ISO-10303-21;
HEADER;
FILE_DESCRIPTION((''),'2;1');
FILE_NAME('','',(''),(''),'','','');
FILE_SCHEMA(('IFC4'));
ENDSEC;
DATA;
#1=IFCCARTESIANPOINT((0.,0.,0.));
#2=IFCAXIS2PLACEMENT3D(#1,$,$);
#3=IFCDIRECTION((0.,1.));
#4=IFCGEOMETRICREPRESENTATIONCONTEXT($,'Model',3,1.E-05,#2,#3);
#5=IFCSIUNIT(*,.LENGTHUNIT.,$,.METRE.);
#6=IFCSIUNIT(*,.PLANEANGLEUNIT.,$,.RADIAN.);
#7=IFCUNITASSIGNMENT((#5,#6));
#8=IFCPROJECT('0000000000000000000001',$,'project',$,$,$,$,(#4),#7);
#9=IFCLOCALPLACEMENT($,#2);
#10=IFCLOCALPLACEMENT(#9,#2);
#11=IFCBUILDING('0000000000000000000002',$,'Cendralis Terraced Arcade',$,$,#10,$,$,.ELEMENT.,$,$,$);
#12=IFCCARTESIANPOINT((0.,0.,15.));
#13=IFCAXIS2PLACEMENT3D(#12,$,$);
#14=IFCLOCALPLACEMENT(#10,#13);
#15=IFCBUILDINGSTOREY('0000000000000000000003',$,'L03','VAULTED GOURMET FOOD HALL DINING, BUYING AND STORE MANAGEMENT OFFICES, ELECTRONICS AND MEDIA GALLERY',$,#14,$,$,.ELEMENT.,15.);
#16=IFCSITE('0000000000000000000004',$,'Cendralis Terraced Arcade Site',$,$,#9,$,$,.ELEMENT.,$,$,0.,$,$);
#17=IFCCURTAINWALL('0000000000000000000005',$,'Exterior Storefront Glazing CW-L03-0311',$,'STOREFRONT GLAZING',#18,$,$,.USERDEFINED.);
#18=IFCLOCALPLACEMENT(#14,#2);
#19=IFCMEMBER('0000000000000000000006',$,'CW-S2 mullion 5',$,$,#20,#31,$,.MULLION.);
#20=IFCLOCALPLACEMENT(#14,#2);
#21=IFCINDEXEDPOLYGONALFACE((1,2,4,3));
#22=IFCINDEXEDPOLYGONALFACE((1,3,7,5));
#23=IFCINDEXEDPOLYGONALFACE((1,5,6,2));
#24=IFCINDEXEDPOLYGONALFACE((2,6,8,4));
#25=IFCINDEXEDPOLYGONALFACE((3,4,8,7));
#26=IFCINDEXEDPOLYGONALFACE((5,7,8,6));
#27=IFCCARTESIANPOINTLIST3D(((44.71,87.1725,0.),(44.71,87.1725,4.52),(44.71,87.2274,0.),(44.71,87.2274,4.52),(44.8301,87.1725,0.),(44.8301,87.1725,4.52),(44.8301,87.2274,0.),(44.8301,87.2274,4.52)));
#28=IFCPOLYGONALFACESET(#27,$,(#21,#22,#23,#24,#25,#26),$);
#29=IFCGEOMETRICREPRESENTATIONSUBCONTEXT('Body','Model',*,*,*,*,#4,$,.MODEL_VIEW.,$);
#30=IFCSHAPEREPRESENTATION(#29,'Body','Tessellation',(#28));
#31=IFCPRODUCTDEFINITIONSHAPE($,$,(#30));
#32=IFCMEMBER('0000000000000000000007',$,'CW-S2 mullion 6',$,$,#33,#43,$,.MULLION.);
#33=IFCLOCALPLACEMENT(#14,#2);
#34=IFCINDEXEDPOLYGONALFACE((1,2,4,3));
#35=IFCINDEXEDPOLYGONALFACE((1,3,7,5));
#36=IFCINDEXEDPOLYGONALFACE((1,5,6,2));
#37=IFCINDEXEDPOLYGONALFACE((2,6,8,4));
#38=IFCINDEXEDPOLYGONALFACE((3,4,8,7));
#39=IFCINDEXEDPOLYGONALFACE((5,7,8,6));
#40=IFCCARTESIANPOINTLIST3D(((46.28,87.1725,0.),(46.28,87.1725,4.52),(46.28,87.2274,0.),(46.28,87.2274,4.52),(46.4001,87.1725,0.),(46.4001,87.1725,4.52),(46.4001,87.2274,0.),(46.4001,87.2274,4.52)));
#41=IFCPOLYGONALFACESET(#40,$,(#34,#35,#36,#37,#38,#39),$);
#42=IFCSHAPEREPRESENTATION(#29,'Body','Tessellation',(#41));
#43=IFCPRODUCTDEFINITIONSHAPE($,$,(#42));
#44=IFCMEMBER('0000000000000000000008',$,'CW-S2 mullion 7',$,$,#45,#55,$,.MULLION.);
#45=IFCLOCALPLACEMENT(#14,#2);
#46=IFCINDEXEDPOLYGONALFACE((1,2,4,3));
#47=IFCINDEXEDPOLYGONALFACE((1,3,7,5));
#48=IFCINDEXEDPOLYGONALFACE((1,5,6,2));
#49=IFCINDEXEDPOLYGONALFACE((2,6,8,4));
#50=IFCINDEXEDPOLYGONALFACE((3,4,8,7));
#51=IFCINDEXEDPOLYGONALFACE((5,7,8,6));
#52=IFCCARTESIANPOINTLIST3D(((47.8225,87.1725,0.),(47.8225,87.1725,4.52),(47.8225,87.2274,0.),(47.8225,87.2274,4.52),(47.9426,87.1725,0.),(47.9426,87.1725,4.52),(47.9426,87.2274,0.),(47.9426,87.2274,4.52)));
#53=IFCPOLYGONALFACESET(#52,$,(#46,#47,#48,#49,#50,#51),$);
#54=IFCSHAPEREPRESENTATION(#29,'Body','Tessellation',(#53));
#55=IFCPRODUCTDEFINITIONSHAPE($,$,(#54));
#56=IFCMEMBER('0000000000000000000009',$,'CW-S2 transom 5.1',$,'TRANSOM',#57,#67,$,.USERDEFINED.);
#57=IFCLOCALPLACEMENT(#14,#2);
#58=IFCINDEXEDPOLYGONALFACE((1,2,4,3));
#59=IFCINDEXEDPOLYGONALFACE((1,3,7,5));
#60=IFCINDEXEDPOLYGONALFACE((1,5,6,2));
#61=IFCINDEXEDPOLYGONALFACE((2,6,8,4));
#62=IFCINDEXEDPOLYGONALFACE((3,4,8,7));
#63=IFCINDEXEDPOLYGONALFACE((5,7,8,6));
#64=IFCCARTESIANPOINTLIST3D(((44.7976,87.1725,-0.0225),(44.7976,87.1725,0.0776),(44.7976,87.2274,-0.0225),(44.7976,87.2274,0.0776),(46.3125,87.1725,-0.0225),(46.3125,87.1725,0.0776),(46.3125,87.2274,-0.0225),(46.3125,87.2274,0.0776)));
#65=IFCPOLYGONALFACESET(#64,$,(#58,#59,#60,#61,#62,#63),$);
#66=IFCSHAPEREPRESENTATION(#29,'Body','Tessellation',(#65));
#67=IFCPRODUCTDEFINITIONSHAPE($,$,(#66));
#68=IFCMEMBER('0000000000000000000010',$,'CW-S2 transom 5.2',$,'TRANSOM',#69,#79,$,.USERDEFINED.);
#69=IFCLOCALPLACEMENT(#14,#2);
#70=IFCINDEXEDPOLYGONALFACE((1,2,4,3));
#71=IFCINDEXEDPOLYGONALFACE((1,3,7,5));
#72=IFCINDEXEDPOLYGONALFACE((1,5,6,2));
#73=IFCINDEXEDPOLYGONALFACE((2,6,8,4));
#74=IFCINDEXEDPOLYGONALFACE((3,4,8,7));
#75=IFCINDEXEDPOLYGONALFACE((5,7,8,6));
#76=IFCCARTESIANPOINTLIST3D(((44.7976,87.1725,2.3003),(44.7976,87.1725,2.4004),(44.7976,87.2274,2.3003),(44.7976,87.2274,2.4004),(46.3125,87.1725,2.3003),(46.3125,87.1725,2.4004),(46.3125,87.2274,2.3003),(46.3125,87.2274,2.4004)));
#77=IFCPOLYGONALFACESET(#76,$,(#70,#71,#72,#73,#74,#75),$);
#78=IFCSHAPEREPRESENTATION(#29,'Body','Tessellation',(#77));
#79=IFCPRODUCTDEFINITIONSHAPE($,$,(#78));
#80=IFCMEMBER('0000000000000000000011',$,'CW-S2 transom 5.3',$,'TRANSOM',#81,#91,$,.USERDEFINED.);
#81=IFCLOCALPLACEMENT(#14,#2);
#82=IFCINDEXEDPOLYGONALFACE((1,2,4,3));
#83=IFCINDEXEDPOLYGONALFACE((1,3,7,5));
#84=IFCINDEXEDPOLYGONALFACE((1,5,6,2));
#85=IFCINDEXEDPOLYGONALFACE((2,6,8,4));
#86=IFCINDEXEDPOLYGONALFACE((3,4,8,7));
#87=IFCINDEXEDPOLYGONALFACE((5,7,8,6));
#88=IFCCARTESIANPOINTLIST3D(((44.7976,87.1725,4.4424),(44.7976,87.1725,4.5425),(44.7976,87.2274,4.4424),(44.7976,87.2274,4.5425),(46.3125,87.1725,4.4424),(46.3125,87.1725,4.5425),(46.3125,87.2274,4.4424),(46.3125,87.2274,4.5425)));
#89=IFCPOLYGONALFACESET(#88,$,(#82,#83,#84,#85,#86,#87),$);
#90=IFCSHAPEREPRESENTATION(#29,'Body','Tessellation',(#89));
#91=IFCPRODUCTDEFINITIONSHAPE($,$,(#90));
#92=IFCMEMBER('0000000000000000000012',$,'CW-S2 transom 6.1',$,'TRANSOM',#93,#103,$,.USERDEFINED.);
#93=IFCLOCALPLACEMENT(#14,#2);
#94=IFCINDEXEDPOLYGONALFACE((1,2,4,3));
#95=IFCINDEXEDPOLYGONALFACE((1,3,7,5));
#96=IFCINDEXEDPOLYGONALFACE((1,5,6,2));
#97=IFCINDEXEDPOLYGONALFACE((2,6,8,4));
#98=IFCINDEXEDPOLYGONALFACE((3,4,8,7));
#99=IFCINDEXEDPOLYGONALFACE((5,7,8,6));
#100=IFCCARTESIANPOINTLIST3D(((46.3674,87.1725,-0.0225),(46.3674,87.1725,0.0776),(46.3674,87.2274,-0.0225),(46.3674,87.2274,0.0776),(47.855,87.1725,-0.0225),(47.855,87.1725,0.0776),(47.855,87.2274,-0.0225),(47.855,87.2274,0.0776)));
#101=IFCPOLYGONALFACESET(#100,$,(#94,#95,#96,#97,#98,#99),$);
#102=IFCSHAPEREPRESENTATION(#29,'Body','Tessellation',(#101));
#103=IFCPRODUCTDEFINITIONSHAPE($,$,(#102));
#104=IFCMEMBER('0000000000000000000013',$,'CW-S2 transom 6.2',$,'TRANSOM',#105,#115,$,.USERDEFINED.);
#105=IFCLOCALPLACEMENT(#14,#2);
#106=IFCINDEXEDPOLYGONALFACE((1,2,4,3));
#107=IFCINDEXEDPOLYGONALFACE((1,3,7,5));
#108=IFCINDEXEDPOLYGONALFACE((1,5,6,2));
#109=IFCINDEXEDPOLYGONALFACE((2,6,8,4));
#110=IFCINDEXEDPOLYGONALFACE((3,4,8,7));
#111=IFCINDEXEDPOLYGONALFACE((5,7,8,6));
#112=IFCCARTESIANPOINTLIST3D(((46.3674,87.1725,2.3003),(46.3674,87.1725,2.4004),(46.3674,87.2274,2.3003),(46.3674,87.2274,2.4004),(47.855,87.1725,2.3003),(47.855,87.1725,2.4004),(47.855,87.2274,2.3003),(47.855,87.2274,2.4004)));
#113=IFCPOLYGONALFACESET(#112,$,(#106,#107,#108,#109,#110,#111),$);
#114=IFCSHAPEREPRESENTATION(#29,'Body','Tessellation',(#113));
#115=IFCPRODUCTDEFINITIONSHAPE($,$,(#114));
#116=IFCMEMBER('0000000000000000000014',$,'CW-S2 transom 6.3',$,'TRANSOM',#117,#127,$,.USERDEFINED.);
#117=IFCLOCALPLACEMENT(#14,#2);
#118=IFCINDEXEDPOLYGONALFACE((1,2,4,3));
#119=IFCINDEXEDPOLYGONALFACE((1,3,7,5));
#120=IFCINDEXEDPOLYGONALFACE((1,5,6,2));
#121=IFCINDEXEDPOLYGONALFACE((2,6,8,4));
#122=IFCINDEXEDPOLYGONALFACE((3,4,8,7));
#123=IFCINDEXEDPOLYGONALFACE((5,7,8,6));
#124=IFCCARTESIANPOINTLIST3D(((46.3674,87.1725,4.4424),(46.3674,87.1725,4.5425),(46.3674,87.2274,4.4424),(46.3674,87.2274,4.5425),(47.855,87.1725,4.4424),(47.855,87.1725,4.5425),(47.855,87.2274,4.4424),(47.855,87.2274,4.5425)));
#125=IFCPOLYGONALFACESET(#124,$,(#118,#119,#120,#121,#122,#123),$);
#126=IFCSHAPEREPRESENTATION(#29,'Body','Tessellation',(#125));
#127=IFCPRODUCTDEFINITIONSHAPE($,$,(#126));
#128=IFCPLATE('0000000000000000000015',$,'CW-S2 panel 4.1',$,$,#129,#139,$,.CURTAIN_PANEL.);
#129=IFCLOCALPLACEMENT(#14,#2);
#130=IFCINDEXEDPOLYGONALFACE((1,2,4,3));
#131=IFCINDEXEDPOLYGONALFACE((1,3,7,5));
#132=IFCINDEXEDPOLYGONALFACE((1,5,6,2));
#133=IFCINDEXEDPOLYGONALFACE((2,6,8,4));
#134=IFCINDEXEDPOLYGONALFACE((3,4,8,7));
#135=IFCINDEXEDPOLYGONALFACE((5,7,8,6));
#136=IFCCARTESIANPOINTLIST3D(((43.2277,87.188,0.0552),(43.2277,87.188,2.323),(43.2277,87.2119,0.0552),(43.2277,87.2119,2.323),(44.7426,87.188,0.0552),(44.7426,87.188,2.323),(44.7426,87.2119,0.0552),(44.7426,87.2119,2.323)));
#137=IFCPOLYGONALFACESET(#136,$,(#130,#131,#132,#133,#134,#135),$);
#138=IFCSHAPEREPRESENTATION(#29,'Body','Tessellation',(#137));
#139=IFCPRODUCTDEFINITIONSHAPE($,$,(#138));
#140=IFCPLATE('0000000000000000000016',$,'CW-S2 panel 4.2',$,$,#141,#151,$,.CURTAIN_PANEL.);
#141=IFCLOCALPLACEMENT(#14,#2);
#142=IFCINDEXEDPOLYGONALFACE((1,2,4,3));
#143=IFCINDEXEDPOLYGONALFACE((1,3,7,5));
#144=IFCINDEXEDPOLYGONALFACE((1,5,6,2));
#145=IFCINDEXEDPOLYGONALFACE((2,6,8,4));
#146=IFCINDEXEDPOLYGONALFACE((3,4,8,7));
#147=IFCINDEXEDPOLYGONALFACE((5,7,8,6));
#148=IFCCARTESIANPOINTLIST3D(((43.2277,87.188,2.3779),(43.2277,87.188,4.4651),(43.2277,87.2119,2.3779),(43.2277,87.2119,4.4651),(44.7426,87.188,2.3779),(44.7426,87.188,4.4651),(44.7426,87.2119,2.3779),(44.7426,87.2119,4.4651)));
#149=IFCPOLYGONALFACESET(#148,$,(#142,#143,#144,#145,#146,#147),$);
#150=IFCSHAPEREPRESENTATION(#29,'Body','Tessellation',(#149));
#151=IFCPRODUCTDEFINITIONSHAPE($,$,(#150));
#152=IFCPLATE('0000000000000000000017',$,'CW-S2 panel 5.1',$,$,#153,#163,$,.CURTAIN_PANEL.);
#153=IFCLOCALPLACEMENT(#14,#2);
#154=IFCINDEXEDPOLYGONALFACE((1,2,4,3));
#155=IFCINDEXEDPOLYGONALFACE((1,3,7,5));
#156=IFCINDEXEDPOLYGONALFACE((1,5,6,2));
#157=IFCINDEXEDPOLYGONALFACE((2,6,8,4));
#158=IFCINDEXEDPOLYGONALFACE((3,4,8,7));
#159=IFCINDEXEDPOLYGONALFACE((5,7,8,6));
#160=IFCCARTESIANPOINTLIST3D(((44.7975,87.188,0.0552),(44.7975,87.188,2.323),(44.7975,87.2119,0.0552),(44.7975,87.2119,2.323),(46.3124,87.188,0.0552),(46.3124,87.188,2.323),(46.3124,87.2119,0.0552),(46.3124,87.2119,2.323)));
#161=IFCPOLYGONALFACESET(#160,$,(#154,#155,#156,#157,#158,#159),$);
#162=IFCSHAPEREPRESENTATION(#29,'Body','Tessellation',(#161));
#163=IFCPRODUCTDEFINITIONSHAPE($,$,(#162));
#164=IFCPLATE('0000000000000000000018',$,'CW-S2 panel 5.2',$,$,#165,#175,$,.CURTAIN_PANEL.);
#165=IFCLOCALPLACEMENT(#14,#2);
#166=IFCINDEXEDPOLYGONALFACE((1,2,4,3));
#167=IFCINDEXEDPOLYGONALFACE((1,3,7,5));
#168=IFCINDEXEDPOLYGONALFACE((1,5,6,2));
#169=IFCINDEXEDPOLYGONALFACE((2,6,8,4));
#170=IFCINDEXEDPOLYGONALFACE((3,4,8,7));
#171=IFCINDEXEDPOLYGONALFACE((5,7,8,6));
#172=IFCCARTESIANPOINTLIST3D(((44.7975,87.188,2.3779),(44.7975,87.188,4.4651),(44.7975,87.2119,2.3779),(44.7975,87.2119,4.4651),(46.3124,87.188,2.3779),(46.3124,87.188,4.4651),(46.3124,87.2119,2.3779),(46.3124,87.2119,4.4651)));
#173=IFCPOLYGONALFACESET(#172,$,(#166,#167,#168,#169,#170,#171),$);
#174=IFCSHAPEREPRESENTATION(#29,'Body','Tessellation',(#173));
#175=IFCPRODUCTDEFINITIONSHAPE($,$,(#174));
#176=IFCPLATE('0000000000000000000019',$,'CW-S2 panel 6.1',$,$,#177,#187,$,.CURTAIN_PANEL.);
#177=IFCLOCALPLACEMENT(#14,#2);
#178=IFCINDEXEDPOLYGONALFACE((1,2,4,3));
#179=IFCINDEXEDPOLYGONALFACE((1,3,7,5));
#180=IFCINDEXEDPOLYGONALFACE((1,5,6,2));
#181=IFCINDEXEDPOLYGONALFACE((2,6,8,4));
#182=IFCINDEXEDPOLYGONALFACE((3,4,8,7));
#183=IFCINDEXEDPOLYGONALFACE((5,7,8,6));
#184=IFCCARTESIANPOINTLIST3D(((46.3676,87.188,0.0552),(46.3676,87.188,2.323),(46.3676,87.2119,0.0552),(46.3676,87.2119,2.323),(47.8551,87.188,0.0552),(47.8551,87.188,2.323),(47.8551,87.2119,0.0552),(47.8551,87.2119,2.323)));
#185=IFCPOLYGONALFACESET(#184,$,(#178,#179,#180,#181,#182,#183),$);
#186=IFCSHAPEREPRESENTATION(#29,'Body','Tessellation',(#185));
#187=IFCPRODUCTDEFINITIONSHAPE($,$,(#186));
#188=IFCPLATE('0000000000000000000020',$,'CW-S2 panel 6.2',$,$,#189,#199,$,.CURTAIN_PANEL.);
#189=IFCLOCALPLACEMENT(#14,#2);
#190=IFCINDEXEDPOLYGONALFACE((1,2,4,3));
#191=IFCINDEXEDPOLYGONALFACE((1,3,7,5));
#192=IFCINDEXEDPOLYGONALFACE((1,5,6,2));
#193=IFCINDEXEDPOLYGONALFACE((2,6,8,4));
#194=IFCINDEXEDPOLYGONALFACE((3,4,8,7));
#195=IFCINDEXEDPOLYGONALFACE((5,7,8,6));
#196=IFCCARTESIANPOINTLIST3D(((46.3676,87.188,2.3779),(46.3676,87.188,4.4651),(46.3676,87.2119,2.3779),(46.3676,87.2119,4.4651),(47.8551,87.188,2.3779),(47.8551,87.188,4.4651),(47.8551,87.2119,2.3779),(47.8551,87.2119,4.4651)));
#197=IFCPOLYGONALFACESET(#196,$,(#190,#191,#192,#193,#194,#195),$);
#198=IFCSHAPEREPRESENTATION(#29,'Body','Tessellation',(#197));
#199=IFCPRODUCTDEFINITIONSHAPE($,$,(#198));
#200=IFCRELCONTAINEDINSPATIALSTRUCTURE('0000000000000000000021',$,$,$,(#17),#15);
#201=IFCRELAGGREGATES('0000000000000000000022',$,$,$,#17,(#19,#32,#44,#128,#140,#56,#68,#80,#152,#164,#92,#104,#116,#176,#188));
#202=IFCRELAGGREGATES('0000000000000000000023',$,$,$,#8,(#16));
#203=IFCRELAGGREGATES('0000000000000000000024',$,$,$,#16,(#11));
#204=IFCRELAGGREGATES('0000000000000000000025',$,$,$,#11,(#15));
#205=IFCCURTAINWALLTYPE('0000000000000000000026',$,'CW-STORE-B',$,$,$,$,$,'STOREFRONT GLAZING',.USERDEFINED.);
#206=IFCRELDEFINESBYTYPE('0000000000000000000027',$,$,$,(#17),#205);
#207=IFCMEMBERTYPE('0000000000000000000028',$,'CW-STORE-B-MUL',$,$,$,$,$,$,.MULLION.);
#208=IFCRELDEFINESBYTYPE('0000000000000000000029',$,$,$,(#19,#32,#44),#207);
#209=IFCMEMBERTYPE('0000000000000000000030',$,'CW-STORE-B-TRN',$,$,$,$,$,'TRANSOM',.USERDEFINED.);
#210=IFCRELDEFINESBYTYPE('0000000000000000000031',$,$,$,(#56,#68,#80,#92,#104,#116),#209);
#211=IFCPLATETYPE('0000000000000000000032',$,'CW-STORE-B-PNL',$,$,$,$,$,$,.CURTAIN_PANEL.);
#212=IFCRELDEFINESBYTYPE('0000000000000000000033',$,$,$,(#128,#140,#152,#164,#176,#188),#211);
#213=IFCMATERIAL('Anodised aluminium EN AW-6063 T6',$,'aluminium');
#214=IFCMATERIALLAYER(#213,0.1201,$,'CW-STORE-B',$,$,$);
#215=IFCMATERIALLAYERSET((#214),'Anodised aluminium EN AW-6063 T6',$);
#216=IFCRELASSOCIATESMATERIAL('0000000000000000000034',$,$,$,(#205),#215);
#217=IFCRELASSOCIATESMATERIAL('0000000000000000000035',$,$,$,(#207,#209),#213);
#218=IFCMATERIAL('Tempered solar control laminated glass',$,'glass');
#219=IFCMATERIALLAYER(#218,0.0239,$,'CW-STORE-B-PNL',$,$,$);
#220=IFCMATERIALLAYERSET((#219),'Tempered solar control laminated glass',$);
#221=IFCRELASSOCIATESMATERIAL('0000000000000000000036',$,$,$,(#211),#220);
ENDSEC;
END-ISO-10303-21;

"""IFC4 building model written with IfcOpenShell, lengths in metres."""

from ifc_helpers import new_model, si_unit, direction, frame, origin, origin_2d, place, context, subcontext, project, spatial, rectangle, extrude, material, layer, layer_set, material_profile, profile_set, type_object, element, aggregate, save


model = new_model("IFC4")

# Units and contexts
model_context = context("Model", 3, precision=1e-05, world=origin(), true_north=direction((0.0, 1.0)))
body_context = subcontext(model_context, "Body", "Model", "MODEL_VIEW")
ifc_project = project(units=[si_unit("LENGTHUNIT", "METRE"), si_unit("PLANEANGLEUNIT", "RADIAN")], contexts=[model_context])

# Site, building, storey
site_placement = place(None, origin())
site = spatial("IfcSite", under=ifc_project, at=site_placement, Name="Cendralis Terraced Arcade Site", CompositionType="ELEMENT", RefElevation=0.0)
building_placement = place(site_placement, origin())
building = spatial("IfcBuilding", under=site, at=building_placement, Name="Cendralis Terraced Arcade", CompositionType="ELEMENT")
storey_placement = place(building_placement, frame((0.0, 0.0, 15.0)))
storey = spatial("IfcBuildingStorey", under=building, at=storey_placement, Name="L03", Description="VAULTED GOURMET FOOD HALL DINING, BUYING AND STORE MANAGEMENT OFFICES, ELECTRONICS AND MEDIA GALLERY", CompositionType="ELEMENT", Elevation=15.0)

# Curtain wall, members, plates
ifc_material_1 = material(Name="Anodised aluminium EN AW-6063 T6", Category="aluminium")
ifc_layer_1 = layer(ifc_material_1, 0.1201, Name="CW-STORE-B")
ifc_layer_set_1 = layer_set([ifc_layer_1], Name="Anodised aluminium EN AW-6063 T6")
curtain_wall_type = type_object("IfcCurtainWallType", Name="CW-STORE-B", ElementType="STOREFRONT GLAZING", PredefinedType="USERDEFINED", material=ifc_layer_set_1)
curtain_wall_placement = place(storey_placement, origin())
curtain_wall = element("IfcCurtainWall", 1, at=curtain_wall_placement, inside=storey, type_object=curtain_wall_type, Name="Exterior Storefront Glazing CW-L03-0311", ObjectType="STOREFRONT GLAZING", PredefinedType="USERDEFINED")
ifc_material_profile_1 = material_profile(ifc_material_1, rectangle(XDim=0.0549, YDim=0.1201, at=origin_2d()), Name="ALU-MUL-55x120")
ifc_profile_set_1 = profile_set([ifc_material_profile_1], Name="Anodised aluminium EN AW-6063 T6")
member_type_1 = type_object("IfcMemberType", Name="CW-STORE-B-MUL", PredefinedType="MULLION", material=ifc_profile_set_1)
member_1_placement = place(storey_placement, frame((44.77, 87.2, 0.0), z_axis=(0.0, 0.0, 1.0), x_axis=(0.0, 1.0, 0.0)))
member_1 = element("IfcMember", 2, at=member_1_placement, type_object=member_type_1, Name="CW-S2 mullion 5", PredefinedType="MULLION", context=body_context, shape_type="SweptSolid", body=[
    extrude(rectangle(XDim=0.0549, YDim=0.1201, at=origin_2d()), origin(), (0.0, 0.0, 1.0), 4.52),
])
member_2_placement = place(storey_placement, frame((46.3401, 87.2, 0.0), z_axis=(0.0, 0.0, 1.0), x_axis=(0.0, 1.0, 0.0)))
member_2 = element("IfcMember", 3, at=member_2_placement, type_object=member_type_1, Name="CW-S2 mullion 6", PredefinedType="MULLION", context=body_context, shape_type="SweptSolid", body=[
    extrude(rectangle(XDim=0.0549, YDim=0.1201, at=origin_2d()), origin(), (0.0, 0.0, 1.0), 4.52),
])
member_3_placement = place(storey_placement, frame((47.8826, 87.2, 0.0), z_axis=(0.0, 0.0, 1.0), x_axis=(0.0, 1.0, 0.0)))
member_3 = element("IfcMember", 4, at=member_3_placement, type_object=member_type_1, Name="CW-S2 mullion 7", PredefinedType="MULLION", context=body_context, shape_type="SweptSolid", body=[
    extrude(rectangle(XDim=0.0549, YDim=0.1201, at=origin_2d()), origin(), (0.0, 0.0, 1.0), 4.52),
])
ifc_material_profile_2 = material_profile(ifc_material_1, rectangle(XDim=0.0549, YDim=0.1001, at=origin_2d()), Name="ALU-TRN-55x100")
ifc_profile_set_2 = profile_set([ifc_material_profile_2], Name="Anodised aluminium EN AW-6063 T6")
member_type_2 = type_object("IfcMemberType", Name="CW-STORE-B-TRN", ElementType="TRANSOM", PredefinedType="USERDEFINED", material=ifc_profile_set_2)
member_4_placement = place(storey_placement, frame((44.7976, 87.2, 0.0276), z_axis=(1.0, 0.0, 0.0), x_axis=(0.0, 1.0, 0.0)))
member_4 = element("IfcMember", 5, at=member_4_placement, type_object=member_type_2, Name="CW-S2 transom 5.1", ObjectType="TRANSOM", PredefinedType="USERDEFINED", context=body_context, shape_type="SweptSolid", body=[
    extrude(rectangle(XDim=0.0549, YDim=0.1001, at=origin_2d()), origin(), (0.0, 0.0, 1.0), 1.5149),
])
member_5_placement = place(storey_placement, frame((44.7976, 87.2, 2.3503), z_axis=(1.0, 0.0, 0.0), x_axis=(0.0, 1.0, 0.0)))
member_5 = element("IfcMember", 6, at=member_5_placement, type_object=member_type_2, Name="CW-S2 transom 5.2", ObjectType="TRANSOM", PredefinedType="USERDEFINED", context=body_context, shape_type="SweptSolid", body=[
    extrude(rectangle(XDim=0.0549, YDim=0.1001, at=origin_2d()), origin(), (0.0, 0.0, 1.0), 1.5149),
])
member_6_placement = place(storey_placement, frame((44.7976, 87.2, 4.4924), z_axis=(1.0, 0.0, 0.0), x_axis=(0.0, 1.0, 0.0)))
member_6 = element("IfcMember", 7, at=member_6_placement, type_object=member_type_2, Name="CW-S2 transom 5.3", ObjectType="TRANSOM", PredefinedType="USERDEFINED", context=body_context, shape_type="SweptSolid", body=[
    extrude(rectangle(XDim=0.0549, YDim=0.1001, at=origin_2d()), origin(), (0.0, 0.0, 1.0), 1.5149),
])
member_7_placement = place(storey_placement, frame((46.3674, 87.2, 0.0276), z_axis=(1.0, 0.0, 0.0), x_axis=(0.0, 1.0, 0.0)))
member_7 = element("IfcMember", 8, at=member_7_placement, type_object=member_type_2, Name="CW-S2 transom 6.1", ObjectType="TRANSOM", PredefinedType="USERDEFINED", context=body_context, shape_type="SweptSolid", body=[
    extrude(rectangle(XDim=0.0549, YDim=0.1001, at=origin_2d()), origin(), (0.0, 0.0, 1.0), 1.4875),
])
member_8_placement = place(storey_placement, frame((46.3674, 87.2, 2.3503), z_axis=(1.0, 0.0, 0.0), x_axis=(0.0, 1.0, 0.0)))
member_8 = element("IfcMember", 9, at=member_8_placement, type_object=member_type_2, Name="CW-S2 transom 6.2", ObjectType="TRANSOM", PredefinedType="USERDEFINED", context=body_context, shape_type="SweptSolid", body=[
    extrude(rectangle(XDim=0.0549, YDim=0.1001, at=origin_2d()), origin(), (0.0, 0.0, 1.0), 1.4875),
])
member_9_placement = place(storey_placement, frame((46.3674, 87.2, 4.4924), z_axis=(1.0, 0.0, 0.0), x_axis=(0.0, 1.0, 0.0)))
member_9 = element("IfcMember", 10, at=member_9_placement, type_object=member_type_2, Name="CW-S2 transom 6.3", ObjectType="TRANSOM", PredefinedType="USERDEFINED", context=body_context, shape_type="SweptSolid", body=[
    extrude(rectangle(XDim=0.0549, YDim=0.1001, at=origin_2d()), origin(), (0.0, 0.0, 1.0), 1.4875),
])
ifc_material_2 = material(Name="Tempered solar control laminated glass", Category="glass")
ifc_layer_2 = layer(ifc_material_2, 0.0239, Name="CW-STORE-B-PNL")
ifc_layer_set_2 = layer_set([ifc_layer_2], Name="Tempered solar control laminated glass")
plate_type = type_object("IfcPlateType", Name="CW-STORE-B-PNL", PredefinedType="CURTAIN_PANEL", material=ifc_layer_set_2)
plate_1_placement = place(storey_placement, frame((43.9851, 87.2, 0.0552), z_axis=(0.0, 0.0, 1.0), x_axis=(1.0, 0.0, 0.0)))
plate_1 = element("IfcPlate", 11, at=plate_1_placement, type_object=plate_type, Name="CW-S2 panel 4.1", PredefinedType="CURTAIN_PANEL", context=body_context, shape_type="SweptSolid", body=[
    extrude(rectangle(XDim=1.5149, YDim=0.0239, at=origin_2d()), origin(), (0.0, 0.0, 1.0), 2.2678),
])
plate_2_placement = place(storey_placement, frame((43.9851, 87.2, 2.3779), z_axis=(0.0, 0.0, 1.0), x_axis=(1.0, 0.0, 0.0)))
plate_2 = element("IfcPlate", 12, at=plate_2_placement, type_object=plate_type, Name="CW-S2 panel 4.2", PredefinedType="CURTAIN_PANEL", context=body_context, shape_type="SweptSolid", body=[
    extrude(rectangle(XDim=1.5149, YDim=0.0239, at=origin_2d()), origin(), (0.0, 0.0, 1.0), 2.0872),
])
plate_3_placement = place(storey_placement, frame((45.5549, 87.2, 0.0552), z_axis=(0.0, 0.0, 1.0), x_axis=(1.0, 0.0, 0.0)))
plate_3 = element("IfcPlate", 13, at=plate_3_placement, type_object=plate_type, Name="CW-S2 panel 5.1", PredefinedType="CURTAIN_PANEL", context=body_context, shape_type="SweptSolid", body=[
    extrude(rectangle(XDim=1.5149, YDim=0.0239, at=origin_2d()), origin(), (0.0, 0.0, 1.0), 2.2678),
])
plate_4_placement = place(storey_placement, frame((45.5549, 87.2, 2.3779), z_axis=(0.0, 0.0, 1.0), x_axis=(1.0, 0.0, 0.0)))
plate_4 = element("IfcPlate", 14, at=plate_4_placement, type_object=plate_type, Name="CW-S2 panel 5.2", PredefinedType="CURTAIN_PANEL", context=body_context, shape_type="SweptSolid", body=[
    extrude(rectangle(XDim=1.5149, YDim=0.0239, at=origin_2d()), origin(), (0.0, 0.0, 1.0), 2.0872),
])
plate_5_placement = place(storey_placement, frame((47.1113, 87.2, 0.0552), z_axis=(0.0, 0.0, 1.0), x_axis=(1.0, 0.0, 0.0)))
plate_5 = element("IfcPlate", 15, at=plate_5_placement, type_object=plate_type, Name="CW-S2 panel 6.1", PredefinedType="CURTAIN_PANEL", context=body_context, shape_type="SweptSolid", body=[
    extrude(rectangle(XDim=1.4875, YDim=0.0239, at=origin_2d()), origin(), (0.0, 0.0, 1.0), 2.2678),
])
plate_6_placement = place(storey_placement, frame((47.1113, 87.2, 2.3779), z_axis=(0.0, 0.0, 1.0), x_axis=(1.0, 0.0, 0.0)))
plate_6 = element("IfcPlate", 16, at=plate_6_placement, type_object=plate_type, Name="CW-S2 panel 6.2", PredefinedType="CURTAIN_PANEL", context=body_context, shape_type="SweptSolid", body=[
    extrude(rectangle(XDim=1.4875, YDim=0.0239, at=origin_2d()), origin(), (0.0, 0.0, 1.0), 2.0872),
])
aggregate(curtain_wall, [member_1, member_2, member_3, plate_1, plate_2, member_4, member_5, member_6, plate_3, plate_4, member_7, member_8, member_9, plate_5, plate_6])

save(model, "model.ifc")
